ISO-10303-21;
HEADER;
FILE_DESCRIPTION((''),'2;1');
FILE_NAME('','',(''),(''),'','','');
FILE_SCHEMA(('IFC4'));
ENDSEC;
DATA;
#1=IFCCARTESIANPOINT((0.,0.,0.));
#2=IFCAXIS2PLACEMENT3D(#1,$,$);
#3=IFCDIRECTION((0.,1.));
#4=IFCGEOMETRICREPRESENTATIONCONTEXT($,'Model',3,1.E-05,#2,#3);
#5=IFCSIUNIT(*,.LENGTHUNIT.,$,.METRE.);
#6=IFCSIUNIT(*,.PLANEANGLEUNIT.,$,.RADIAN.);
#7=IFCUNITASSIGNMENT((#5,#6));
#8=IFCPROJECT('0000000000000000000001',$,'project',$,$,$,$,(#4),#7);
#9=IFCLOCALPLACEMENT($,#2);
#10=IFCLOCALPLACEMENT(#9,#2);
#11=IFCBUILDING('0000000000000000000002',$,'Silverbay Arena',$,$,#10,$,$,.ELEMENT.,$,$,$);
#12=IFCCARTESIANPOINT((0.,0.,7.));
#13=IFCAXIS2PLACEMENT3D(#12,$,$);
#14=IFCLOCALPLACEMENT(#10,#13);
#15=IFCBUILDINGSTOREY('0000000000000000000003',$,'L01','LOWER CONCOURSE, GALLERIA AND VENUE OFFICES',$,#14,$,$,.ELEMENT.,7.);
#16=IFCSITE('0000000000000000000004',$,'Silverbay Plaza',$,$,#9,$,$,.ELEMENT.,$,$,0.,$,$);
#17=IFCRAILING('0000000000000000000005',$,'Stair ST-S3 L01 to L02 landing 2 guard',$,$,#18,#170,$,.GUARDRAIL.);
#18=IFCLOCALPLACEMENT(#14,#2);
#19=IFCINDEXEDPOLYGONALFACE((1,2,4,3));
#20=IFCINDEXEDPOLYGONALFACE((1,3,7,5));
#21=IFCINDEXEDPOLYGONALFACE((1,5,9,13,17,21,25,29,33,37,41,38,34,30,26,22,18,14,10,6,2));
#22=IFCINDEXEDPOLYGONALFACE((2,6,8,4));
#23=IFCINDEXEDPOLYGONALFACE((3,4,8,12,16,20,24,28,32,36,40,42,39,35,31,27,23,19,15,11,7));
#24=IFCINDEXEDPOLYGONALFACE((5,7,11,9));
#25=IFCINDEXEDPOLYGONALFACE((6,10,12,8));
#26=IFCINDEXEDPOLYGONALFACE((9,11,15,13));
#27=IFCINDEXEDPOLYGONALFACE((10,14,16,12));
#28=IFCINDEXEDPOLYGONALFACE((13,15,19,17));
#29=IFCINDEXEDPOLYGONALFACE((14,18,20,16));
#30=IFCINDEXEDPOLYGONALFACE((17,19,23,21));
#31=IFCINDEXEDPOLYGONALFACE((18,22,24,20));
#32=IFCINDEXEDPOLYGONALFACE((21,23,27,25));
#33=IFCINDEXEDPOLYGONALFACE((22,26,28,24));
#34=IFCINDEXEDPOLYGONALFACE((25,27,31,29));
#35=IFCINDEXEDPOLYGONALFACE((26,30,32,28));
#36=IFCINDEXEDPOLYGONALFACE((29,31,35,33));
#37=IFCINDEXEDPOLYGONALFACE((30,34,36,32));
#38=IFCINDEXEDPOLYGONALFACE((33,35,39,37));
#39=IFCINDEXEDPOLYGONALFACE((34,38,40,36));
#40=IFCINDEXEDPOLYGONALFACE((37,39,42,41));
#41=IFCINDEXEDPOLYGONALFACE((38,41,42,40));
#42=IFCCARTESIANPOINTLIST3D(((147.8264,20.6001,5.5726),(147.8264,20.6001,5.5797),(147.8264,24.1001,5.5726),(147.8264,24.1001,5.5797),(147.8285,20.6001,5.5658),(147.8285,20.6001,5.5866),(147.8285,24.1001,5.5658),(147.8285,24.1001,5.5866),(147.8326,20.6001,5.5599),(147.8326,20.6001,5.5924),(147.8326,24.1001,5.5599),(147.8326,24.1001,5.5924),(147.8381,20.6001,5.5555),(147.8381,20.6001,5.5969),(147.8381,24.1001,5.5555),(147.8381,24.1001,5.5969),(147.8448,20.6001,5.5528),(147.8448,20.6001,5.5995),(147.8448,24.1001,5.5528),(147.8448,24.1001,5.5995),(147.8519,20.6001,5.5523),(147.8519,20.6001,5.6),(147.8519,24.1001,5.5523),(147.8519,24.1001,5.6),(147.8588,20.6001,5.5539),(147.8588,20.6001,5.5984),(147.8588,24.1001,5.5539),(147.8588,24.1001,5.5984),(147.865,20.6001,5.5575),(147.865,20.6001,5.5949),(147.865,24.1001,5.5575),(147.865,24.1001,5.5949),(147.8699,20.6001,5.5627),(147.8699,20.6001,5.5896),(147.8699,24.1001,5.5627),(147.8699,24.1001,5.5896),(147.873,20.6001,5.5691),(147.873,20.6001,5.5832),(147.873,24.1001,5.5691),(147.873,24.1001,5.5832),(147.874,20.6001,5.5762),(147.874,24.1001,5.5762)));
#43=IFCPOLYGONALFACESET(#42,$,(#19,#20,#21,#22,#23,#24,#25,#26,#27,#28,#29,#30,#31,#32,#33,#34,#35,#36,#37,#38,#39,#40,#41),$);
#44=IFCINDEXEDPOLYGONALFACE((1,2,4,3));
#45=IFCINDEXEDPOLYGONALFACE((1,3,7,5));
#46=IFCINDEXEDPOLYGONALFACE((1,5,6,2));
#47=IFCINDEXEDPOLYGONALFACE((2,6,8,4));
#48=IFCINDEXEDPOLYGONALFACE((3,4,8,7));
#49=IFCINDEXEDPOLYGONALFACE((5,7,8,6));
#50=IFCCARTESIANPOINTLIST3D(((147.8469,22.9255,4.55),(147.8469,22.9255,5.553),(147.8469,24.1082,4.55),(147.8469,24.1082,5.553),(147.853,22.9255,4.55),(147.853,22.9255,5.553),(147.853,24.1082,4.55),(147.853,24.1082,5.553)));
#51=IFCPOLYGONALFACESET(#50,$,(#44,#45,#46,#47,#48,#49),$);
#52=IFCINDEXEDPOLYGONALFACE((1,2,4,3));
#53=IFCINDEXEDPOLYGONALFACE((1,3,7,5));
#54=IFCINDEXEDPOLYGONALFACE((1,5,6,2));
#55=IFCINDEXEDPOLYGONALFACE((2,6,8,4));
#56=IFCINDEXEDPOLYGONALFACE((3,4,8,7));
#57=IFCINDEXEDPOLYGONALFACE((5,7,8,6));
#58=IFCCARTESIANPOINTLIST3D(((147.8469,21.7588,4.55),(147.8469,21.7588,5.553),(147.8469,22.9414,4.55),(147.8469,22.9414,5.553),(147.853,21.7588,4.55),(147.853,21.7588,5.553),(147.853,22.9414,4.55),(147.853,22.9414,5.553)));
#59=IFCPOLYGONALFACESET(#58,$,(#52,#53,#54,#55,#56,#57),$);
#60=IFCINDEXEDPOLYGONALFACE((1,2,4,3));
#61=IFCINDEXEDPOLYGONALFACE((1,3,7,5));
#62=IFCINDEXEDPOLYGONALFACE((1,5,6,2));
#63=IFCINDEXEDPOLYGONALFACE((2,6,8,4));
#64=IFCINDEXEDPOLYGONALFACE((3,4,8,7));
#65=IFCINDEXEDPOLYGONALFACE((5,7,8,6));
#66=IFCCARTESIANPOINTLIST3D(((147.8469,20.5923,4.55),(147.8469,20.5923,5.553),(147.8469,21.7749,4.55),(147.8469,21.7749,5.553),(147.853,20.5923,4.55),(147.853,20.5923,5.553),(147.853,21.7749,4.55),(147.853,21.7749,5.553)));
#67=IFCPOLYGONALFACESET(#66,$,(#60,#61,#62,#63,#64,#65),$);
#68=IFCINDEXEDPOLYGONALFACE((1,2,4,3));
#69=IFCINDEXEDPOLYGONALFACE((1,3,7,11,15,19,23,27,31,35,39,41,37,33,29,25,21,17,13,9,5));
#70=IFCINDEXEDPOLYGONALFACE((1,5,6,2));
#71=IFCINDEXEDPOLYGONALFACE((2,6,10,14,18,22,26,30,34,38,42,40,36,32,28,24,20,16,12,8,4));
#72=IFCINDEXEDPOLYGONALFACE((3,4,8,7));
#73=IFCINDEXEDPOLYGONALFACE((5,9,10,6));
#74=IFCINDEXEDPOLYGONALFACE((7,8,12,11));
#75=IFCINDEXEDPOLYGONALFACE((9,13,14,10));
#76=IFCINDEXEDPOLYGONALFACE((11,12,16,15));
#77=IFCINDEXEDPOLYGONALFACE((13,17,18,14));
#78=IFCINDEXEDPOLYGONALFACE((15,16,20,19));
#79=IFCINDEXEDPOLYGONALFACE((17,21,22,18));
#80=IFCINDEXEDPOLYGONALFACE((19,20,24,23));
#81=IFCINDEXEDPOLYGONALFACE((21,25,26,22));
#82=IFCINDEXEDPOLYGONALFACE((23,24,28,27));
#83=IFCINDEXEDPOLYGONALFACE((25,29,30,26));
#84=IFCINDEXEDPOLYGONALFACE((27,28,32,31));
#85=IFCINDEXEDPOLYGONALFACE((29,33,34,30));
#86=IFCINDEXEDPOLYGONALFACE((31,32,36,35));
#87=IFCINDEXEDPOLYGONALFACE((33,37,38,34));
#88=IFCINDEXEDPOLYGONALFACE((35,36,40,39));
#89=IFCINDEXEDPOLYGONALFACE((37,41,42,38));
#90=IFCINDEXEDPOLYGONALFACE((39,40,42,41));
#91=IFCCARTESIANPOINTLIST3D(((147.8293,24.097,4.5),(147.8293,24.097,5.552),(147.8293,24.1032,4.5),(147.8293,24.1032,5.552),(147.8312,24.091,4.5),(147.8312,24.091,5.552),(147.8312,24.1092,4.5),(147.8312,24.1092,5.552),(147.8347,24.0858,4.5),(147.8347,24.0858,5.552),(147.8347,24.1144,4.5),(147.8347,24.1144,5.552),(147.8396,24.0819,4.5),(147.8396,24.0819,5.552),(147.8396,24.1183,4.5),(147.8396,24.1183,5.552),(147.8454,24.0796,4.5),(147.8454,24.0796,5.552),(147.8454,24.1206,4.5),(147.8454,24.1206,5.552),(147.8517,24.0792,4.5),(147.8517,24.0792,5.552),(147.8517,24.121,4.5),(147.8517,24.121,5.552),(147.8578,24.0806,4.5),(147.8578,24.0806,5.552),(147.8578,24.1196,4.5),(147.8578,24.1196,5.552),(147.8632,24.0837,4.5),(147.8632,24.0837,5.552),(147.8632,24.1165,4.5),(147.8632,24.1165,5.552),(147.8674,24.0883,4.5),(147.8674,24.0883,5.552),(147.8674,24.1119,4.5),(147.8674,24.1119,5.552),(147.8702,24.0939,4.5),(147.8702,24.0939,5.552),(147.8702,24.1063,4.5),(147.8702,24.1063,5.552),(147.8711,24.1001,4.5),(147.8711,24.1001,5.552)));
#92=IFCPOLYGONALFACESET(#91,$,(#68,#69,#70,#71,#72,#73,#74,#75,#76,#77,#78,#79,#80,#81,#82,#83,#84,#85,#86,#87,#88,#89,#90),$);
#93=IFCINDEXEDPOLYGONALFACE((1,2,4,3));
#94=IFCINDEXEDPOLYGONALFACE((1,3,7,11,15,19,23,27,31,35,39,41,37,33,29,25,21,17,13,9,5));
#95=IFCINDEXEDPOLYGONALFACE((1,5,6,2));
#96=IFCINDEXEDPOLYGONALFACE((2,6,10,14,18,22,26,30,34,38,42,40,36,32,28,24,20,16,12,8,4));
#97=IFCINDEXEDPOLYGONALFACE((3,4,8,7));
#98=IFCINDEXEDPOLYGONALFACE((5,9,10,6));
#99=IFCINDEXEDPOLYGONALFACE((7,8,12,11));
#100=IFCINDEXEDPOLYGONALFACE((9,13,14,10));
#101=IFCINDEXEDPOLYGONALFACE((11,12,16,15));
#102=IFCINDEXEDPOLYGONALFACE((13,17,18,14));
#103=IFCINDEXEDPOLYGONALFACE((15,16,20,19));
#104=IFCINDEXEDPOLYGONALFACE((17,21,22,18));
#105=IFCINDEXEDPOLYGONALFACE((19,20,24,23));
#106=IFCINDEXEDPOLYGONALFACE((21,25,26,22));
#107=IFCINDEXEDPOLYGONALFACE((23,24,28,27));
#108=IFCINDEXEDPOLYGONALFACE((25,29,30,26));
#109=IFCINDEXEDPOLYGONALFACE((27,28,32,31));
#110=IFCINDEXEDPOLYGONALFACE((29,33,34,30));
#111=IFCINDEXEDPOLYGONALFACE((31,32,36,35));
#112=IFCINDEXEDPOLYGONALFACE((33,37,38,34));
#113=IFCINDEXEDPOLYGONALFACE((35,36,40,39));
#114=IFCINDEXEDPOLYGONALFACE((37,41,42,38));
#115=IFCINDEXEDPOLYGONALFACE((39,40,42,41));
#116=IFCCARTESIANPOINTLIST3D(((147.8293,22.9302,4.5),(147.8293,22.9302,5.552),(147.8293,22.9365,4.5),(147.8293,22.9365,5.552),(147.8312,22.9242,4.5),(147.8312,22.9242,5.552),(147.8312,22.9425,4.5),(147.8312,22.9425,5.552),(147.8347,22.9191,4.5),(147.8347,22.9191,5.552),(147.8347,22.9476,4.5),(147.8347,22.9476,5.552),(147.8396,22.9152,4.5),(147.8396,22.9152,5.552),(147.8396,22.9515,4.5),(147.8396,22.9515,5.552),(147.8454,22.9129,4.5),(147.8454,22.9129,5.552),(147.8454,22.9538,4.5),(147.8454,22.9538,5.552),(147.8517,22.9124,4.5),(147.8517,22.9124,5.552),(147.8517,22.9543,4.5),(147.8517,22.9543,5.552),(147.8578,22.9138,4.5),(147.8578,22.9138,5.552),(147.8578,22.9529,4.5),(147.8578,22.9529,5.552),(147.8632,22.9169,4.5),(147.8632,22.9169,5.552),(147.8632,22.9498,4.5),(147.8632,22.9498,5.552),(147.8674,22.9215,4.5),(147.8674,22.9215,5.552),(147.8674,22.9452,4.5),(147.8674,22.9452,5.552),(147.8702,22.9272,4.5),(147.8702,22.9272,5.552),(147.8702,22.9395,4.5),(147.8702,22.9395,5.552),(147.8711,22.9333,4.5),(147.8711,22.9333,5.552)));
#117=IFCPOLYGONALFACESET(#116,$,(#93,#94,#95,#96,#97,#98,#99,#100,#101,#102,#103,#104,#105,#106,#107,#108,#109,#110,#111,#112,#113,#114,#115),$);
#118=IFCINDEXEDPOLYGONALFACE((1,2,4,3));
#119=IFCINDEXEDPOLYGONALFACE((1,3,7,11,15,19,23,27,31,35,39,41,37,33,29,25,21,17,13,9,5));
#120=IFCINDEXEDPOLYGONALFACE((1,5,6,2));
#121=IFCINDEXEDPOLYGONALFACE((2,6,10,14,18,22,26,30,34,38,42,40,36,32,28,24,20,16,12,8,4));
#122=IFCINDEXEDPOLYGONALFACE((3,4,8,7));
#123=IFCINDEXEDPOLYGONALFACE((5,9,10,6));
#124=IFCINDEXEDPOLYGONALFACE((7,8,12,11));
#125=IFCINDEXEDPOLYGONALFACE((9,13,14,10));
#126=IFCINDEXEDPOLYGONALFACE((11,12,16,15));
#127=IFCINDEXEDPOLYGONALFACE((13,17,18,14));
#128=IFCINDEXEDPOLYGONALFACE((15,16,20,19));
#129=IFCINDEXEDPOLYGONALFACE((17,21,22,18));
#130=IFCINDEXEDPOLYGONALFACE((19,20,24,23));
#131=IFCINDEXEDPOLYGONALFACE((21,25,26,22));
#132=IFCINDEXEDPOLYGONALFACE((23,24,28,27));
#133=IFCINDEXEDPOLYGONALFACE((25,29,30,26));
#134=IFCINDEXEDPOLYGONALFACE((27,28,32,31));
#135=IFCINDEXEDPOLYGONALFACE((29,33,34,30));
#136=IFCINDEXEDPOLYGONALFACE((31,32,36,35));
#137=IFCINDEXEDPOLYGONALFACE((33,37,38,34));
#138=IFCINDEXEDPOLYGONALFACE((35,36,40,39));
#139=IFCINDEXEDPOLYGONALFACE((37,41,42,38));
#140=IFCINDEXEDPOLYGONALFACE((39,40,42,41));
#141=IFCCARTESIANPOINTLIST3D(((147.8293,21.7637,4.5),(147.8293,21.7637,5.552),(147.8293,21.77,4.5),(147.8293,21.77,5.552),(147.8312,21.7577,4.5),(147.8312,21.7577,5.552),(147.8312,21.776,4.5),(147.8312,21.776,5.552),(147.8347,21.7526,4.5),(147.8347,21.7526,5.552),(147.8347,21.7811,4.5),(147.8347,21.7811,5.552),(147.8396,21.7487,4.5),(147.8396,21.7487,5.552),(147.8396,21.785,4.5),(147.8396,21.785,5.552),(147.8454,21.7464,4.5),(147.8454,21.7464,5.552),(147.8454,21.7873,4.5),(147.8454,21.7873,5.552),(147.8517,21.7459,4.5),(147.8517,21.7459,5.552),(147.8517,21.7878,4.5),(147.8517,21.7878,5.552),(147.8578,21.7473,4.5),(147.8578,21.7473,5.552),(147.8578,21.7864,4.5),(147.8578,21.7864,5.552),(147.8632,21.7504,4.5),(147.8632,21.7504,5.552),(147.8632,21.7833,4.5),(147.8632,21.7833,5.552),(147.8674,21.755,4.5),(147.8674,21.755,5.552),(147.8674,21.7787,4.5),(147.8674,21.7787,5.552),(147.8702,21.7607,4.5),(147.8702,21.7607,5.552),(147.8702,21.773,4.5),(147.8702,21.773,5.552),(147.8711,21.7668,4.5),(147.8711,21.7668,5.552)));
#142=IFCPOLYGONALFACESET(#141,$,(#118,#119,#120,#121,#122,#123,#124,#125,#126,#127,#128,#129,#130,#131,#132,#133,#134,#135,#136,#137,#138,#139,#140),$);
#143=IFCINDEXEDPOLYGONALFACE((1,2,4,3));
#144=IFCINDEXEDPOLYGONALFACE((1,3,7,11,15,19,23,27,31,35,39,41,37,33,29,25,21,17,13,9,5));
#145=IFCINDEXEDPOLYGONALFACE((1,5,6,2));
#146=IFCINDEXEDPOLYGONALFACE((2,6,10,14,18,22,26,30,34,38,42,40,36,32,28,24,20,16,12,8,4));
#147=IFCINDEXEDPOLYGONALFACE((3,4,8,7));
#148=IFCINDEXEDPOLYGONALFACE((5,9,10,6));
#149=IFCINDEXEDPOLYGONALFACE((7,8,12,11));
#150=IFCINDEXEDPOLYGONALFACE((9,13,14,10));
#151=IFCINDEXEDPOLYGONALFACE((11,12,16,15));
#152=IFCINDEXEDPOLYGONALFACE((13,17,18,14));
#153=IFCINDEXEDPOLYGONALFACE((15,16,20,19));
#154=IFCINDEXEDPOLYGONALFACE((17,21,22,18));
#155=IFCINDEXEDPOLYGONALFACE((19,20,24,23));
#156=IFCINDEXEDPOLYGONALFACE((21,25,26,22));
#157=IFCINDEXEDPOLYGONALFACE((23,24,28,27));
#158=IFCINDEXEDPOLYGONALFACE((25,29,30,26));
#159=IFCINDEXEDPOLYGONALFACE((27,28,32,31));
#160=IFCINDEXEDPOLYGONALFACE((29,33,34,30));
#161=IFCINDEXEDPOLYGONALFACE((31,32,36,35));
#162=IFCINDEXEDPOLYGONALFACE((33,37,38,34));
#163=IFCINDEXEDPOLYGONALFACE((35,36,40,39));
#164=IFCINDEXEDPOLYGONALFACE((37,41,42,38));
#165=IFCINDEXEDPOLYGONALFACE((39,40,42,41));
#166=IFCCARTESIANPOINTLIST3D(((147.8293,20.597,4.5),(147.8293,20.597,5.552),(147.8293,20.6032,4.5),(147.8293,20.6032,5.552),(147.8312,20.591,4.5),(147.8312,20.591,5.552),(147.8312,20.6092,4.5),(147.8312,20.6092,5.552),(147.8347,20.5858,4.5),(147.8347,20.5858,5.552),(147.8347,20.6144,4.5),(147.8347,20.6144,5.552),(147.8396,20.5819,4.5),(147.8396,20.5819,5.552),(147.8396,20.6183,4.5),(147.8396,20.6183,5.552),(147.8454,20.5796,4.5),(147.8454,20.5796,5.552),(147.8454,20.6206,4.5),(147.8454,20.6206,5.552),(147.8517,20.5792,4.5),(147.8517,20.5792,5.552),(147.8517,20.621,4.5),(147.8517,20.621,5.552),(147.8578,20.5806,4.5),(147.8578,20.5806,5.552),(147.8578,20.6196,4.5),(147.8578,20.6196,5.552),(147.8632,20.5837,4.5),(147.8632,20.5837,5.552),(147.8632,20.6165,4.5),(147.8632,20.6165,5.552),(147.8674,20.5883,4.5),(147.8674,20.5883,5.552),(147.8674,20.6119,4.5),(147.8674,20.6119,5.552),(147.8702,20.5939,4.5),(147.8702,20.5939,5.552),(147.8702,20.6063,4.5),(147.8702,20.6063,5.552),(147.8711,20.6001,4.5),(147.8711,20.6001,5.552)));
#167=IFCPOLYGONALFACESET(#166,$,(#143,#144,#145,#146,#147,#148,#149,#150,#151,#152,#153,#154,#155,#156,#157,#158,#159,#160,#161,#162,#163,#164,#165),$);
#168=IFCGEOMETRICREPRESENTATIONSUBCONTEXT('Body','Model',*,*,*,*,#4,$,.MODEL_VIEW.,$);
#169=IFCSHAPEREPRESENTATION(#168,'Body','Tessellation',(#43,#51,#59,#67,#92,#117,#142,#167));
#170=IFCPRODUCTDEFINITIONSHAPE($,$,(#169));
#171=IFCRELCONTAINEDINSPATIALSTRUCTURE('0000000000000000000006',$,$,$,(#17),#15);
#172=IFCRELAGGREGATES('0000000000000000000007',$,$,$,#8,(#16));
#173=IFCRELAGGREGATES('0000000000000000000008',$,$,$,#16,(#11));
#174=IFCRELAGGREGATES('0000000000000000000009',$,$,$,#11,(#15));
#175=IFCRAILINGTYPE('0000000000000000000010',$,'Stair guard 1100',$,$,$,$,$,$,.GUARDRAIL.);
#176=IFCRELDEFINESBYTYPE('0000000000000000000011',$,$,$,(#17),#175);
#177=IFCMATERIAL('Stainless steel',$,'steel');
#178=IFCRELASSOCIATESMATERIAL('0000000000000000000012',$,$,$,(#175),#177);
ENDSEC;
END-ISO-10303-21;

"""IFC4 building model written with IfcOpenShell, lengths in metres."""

from ifc_helpers import new_model, si_unit, direction, frame, origin, origin_2d, place, context, subcontext, project, spatial, polyline, circle, outline, extrude, material, type_object, element, save


model = new_model("IFC4")

# Units and contexts
model_context = context("Model", 3, precision=1e-05, world=origin(), true_north=direction((0.0, 1.0)))
body_context = subcontext(model_context, "Body", "Model", "MODEL_VIEW")
ifc_project = project(units=[si_unit("LENGTHUNIT", "METRE"), si_unit("PLANEANGLEUNIT", "RADIAN")], contexts=[model_context])

# Site, building, storey
site_placement = place(None, origin())
site = spatial("IfcSite", under=ifc_project, at=site_placement, Name="Silverbay Plaza", CompositionType="ELEMENT", RefElevation=0.0)
building_placement = place(site_placement, origin())
building = spatial("IfcBuilding", under=site, at=building_placement, Name="Silverbay Arena", CompositionType="ELEMENT")
storey_placement = place(building_placement, frame((0.0, 0.0, 7.0)))
storey = spatial("IfcBuildingStorey", under=building, at=storey_placement, Name="L01", Description="LOWER CONCOURSE, GALLERIA AND VENUE OFFICES", CompositionType="ELEMENT", Elevation=7.0)

# Railing
ifc_material_1 = material(Name="Stainless steel", Category="steel")
railing_type_1 = type_object("IfcRailingType", Name="Stair guard 1100", PredefinedType="GUARDRAIL", material=ifc_material_1)
railing_1_placement = place(storey_placement, frame((147.8501, 24.1001, 4.5)))
element("IfcRailing", 1, at=railing_1_placement, inside=storey, type_object=railing_type_1, Name="Stair ST-S3 L01 to L02 landing 2 guard", PredefinedType="GUARDRAIL", context=body_context, shape_type="SweptSolid", body=[
    extrude(circle(Radius=0.0239, at=origin_2d()), frame((0.0, 0.0, 1.0762), z_axis=(0.0, -1.0, 0.0), x_axis=(1.0, 0.0, 0.0)), (0.0, 0.0, 1.0), 3.5),
    extrude(outline(polyline([(-0.0081, 0.05), (1.1746, 0.05), (1.1746, 1.053), (-0.0081, 1.053), (-0.0081, 0.05)])), frame((0.0029, 0.0, 0.0), z_axis=(-1.0, 0.0, 0.0), x_axis=(0.0, -1.0, 0.0)), (0.0, 0.0, 1.0), 0.0061),
    extrude(outline(polyline([(-0.0081, 0.05), (1.1746, 0.05), (1.1746, 1.053), (-0.0081, 1.053), (-0.0081, 0.05)])), frame((0.0029, -1.1667, 0.0), z_axis=(-1.0, 0.0, 0.0), x_axis=(0.0, -1.0, 0.0)), (0.0, 0.0, 1.0), 0.0061),
    extrude(outline(polyline([(-0.0081, 0.05), (1.1746, 0.05), (1.1746, 1.053), (-0.0081, 1.053), (-0.0081, 0.05)])), frame((0.0029, -2.3333, 0.0), z_axis=(-1.0, 0.0, 0.0), x_axis=(0.0, -1.0, 0.0)), (0.0, 0.0, 1.0), 0.0061),
    extrude(circle(Radius=0.021, at=origin_2d()), origin(), (0.0, 0.0, 1.0), 1.052),
    extrude(circle(Radius=0.021, at=origin_2d()), frame((0.0, -1.1667, 0.0)), (0.0, 0.0, 1.0), 1.052),
    extrude(circle(Radius=0.021, at=origin_2d()), frame((0.0, -2.3333, 0.0)), (0.0, 0.0, 1.0), 1.052),
    extrude(circle(Radius=0.021, at=origin_2d()), frame((0.0, -3.5, 0.0)), (0.0, 0.0, 1.0), 1.052),
])

save(model, "model.ifc")
